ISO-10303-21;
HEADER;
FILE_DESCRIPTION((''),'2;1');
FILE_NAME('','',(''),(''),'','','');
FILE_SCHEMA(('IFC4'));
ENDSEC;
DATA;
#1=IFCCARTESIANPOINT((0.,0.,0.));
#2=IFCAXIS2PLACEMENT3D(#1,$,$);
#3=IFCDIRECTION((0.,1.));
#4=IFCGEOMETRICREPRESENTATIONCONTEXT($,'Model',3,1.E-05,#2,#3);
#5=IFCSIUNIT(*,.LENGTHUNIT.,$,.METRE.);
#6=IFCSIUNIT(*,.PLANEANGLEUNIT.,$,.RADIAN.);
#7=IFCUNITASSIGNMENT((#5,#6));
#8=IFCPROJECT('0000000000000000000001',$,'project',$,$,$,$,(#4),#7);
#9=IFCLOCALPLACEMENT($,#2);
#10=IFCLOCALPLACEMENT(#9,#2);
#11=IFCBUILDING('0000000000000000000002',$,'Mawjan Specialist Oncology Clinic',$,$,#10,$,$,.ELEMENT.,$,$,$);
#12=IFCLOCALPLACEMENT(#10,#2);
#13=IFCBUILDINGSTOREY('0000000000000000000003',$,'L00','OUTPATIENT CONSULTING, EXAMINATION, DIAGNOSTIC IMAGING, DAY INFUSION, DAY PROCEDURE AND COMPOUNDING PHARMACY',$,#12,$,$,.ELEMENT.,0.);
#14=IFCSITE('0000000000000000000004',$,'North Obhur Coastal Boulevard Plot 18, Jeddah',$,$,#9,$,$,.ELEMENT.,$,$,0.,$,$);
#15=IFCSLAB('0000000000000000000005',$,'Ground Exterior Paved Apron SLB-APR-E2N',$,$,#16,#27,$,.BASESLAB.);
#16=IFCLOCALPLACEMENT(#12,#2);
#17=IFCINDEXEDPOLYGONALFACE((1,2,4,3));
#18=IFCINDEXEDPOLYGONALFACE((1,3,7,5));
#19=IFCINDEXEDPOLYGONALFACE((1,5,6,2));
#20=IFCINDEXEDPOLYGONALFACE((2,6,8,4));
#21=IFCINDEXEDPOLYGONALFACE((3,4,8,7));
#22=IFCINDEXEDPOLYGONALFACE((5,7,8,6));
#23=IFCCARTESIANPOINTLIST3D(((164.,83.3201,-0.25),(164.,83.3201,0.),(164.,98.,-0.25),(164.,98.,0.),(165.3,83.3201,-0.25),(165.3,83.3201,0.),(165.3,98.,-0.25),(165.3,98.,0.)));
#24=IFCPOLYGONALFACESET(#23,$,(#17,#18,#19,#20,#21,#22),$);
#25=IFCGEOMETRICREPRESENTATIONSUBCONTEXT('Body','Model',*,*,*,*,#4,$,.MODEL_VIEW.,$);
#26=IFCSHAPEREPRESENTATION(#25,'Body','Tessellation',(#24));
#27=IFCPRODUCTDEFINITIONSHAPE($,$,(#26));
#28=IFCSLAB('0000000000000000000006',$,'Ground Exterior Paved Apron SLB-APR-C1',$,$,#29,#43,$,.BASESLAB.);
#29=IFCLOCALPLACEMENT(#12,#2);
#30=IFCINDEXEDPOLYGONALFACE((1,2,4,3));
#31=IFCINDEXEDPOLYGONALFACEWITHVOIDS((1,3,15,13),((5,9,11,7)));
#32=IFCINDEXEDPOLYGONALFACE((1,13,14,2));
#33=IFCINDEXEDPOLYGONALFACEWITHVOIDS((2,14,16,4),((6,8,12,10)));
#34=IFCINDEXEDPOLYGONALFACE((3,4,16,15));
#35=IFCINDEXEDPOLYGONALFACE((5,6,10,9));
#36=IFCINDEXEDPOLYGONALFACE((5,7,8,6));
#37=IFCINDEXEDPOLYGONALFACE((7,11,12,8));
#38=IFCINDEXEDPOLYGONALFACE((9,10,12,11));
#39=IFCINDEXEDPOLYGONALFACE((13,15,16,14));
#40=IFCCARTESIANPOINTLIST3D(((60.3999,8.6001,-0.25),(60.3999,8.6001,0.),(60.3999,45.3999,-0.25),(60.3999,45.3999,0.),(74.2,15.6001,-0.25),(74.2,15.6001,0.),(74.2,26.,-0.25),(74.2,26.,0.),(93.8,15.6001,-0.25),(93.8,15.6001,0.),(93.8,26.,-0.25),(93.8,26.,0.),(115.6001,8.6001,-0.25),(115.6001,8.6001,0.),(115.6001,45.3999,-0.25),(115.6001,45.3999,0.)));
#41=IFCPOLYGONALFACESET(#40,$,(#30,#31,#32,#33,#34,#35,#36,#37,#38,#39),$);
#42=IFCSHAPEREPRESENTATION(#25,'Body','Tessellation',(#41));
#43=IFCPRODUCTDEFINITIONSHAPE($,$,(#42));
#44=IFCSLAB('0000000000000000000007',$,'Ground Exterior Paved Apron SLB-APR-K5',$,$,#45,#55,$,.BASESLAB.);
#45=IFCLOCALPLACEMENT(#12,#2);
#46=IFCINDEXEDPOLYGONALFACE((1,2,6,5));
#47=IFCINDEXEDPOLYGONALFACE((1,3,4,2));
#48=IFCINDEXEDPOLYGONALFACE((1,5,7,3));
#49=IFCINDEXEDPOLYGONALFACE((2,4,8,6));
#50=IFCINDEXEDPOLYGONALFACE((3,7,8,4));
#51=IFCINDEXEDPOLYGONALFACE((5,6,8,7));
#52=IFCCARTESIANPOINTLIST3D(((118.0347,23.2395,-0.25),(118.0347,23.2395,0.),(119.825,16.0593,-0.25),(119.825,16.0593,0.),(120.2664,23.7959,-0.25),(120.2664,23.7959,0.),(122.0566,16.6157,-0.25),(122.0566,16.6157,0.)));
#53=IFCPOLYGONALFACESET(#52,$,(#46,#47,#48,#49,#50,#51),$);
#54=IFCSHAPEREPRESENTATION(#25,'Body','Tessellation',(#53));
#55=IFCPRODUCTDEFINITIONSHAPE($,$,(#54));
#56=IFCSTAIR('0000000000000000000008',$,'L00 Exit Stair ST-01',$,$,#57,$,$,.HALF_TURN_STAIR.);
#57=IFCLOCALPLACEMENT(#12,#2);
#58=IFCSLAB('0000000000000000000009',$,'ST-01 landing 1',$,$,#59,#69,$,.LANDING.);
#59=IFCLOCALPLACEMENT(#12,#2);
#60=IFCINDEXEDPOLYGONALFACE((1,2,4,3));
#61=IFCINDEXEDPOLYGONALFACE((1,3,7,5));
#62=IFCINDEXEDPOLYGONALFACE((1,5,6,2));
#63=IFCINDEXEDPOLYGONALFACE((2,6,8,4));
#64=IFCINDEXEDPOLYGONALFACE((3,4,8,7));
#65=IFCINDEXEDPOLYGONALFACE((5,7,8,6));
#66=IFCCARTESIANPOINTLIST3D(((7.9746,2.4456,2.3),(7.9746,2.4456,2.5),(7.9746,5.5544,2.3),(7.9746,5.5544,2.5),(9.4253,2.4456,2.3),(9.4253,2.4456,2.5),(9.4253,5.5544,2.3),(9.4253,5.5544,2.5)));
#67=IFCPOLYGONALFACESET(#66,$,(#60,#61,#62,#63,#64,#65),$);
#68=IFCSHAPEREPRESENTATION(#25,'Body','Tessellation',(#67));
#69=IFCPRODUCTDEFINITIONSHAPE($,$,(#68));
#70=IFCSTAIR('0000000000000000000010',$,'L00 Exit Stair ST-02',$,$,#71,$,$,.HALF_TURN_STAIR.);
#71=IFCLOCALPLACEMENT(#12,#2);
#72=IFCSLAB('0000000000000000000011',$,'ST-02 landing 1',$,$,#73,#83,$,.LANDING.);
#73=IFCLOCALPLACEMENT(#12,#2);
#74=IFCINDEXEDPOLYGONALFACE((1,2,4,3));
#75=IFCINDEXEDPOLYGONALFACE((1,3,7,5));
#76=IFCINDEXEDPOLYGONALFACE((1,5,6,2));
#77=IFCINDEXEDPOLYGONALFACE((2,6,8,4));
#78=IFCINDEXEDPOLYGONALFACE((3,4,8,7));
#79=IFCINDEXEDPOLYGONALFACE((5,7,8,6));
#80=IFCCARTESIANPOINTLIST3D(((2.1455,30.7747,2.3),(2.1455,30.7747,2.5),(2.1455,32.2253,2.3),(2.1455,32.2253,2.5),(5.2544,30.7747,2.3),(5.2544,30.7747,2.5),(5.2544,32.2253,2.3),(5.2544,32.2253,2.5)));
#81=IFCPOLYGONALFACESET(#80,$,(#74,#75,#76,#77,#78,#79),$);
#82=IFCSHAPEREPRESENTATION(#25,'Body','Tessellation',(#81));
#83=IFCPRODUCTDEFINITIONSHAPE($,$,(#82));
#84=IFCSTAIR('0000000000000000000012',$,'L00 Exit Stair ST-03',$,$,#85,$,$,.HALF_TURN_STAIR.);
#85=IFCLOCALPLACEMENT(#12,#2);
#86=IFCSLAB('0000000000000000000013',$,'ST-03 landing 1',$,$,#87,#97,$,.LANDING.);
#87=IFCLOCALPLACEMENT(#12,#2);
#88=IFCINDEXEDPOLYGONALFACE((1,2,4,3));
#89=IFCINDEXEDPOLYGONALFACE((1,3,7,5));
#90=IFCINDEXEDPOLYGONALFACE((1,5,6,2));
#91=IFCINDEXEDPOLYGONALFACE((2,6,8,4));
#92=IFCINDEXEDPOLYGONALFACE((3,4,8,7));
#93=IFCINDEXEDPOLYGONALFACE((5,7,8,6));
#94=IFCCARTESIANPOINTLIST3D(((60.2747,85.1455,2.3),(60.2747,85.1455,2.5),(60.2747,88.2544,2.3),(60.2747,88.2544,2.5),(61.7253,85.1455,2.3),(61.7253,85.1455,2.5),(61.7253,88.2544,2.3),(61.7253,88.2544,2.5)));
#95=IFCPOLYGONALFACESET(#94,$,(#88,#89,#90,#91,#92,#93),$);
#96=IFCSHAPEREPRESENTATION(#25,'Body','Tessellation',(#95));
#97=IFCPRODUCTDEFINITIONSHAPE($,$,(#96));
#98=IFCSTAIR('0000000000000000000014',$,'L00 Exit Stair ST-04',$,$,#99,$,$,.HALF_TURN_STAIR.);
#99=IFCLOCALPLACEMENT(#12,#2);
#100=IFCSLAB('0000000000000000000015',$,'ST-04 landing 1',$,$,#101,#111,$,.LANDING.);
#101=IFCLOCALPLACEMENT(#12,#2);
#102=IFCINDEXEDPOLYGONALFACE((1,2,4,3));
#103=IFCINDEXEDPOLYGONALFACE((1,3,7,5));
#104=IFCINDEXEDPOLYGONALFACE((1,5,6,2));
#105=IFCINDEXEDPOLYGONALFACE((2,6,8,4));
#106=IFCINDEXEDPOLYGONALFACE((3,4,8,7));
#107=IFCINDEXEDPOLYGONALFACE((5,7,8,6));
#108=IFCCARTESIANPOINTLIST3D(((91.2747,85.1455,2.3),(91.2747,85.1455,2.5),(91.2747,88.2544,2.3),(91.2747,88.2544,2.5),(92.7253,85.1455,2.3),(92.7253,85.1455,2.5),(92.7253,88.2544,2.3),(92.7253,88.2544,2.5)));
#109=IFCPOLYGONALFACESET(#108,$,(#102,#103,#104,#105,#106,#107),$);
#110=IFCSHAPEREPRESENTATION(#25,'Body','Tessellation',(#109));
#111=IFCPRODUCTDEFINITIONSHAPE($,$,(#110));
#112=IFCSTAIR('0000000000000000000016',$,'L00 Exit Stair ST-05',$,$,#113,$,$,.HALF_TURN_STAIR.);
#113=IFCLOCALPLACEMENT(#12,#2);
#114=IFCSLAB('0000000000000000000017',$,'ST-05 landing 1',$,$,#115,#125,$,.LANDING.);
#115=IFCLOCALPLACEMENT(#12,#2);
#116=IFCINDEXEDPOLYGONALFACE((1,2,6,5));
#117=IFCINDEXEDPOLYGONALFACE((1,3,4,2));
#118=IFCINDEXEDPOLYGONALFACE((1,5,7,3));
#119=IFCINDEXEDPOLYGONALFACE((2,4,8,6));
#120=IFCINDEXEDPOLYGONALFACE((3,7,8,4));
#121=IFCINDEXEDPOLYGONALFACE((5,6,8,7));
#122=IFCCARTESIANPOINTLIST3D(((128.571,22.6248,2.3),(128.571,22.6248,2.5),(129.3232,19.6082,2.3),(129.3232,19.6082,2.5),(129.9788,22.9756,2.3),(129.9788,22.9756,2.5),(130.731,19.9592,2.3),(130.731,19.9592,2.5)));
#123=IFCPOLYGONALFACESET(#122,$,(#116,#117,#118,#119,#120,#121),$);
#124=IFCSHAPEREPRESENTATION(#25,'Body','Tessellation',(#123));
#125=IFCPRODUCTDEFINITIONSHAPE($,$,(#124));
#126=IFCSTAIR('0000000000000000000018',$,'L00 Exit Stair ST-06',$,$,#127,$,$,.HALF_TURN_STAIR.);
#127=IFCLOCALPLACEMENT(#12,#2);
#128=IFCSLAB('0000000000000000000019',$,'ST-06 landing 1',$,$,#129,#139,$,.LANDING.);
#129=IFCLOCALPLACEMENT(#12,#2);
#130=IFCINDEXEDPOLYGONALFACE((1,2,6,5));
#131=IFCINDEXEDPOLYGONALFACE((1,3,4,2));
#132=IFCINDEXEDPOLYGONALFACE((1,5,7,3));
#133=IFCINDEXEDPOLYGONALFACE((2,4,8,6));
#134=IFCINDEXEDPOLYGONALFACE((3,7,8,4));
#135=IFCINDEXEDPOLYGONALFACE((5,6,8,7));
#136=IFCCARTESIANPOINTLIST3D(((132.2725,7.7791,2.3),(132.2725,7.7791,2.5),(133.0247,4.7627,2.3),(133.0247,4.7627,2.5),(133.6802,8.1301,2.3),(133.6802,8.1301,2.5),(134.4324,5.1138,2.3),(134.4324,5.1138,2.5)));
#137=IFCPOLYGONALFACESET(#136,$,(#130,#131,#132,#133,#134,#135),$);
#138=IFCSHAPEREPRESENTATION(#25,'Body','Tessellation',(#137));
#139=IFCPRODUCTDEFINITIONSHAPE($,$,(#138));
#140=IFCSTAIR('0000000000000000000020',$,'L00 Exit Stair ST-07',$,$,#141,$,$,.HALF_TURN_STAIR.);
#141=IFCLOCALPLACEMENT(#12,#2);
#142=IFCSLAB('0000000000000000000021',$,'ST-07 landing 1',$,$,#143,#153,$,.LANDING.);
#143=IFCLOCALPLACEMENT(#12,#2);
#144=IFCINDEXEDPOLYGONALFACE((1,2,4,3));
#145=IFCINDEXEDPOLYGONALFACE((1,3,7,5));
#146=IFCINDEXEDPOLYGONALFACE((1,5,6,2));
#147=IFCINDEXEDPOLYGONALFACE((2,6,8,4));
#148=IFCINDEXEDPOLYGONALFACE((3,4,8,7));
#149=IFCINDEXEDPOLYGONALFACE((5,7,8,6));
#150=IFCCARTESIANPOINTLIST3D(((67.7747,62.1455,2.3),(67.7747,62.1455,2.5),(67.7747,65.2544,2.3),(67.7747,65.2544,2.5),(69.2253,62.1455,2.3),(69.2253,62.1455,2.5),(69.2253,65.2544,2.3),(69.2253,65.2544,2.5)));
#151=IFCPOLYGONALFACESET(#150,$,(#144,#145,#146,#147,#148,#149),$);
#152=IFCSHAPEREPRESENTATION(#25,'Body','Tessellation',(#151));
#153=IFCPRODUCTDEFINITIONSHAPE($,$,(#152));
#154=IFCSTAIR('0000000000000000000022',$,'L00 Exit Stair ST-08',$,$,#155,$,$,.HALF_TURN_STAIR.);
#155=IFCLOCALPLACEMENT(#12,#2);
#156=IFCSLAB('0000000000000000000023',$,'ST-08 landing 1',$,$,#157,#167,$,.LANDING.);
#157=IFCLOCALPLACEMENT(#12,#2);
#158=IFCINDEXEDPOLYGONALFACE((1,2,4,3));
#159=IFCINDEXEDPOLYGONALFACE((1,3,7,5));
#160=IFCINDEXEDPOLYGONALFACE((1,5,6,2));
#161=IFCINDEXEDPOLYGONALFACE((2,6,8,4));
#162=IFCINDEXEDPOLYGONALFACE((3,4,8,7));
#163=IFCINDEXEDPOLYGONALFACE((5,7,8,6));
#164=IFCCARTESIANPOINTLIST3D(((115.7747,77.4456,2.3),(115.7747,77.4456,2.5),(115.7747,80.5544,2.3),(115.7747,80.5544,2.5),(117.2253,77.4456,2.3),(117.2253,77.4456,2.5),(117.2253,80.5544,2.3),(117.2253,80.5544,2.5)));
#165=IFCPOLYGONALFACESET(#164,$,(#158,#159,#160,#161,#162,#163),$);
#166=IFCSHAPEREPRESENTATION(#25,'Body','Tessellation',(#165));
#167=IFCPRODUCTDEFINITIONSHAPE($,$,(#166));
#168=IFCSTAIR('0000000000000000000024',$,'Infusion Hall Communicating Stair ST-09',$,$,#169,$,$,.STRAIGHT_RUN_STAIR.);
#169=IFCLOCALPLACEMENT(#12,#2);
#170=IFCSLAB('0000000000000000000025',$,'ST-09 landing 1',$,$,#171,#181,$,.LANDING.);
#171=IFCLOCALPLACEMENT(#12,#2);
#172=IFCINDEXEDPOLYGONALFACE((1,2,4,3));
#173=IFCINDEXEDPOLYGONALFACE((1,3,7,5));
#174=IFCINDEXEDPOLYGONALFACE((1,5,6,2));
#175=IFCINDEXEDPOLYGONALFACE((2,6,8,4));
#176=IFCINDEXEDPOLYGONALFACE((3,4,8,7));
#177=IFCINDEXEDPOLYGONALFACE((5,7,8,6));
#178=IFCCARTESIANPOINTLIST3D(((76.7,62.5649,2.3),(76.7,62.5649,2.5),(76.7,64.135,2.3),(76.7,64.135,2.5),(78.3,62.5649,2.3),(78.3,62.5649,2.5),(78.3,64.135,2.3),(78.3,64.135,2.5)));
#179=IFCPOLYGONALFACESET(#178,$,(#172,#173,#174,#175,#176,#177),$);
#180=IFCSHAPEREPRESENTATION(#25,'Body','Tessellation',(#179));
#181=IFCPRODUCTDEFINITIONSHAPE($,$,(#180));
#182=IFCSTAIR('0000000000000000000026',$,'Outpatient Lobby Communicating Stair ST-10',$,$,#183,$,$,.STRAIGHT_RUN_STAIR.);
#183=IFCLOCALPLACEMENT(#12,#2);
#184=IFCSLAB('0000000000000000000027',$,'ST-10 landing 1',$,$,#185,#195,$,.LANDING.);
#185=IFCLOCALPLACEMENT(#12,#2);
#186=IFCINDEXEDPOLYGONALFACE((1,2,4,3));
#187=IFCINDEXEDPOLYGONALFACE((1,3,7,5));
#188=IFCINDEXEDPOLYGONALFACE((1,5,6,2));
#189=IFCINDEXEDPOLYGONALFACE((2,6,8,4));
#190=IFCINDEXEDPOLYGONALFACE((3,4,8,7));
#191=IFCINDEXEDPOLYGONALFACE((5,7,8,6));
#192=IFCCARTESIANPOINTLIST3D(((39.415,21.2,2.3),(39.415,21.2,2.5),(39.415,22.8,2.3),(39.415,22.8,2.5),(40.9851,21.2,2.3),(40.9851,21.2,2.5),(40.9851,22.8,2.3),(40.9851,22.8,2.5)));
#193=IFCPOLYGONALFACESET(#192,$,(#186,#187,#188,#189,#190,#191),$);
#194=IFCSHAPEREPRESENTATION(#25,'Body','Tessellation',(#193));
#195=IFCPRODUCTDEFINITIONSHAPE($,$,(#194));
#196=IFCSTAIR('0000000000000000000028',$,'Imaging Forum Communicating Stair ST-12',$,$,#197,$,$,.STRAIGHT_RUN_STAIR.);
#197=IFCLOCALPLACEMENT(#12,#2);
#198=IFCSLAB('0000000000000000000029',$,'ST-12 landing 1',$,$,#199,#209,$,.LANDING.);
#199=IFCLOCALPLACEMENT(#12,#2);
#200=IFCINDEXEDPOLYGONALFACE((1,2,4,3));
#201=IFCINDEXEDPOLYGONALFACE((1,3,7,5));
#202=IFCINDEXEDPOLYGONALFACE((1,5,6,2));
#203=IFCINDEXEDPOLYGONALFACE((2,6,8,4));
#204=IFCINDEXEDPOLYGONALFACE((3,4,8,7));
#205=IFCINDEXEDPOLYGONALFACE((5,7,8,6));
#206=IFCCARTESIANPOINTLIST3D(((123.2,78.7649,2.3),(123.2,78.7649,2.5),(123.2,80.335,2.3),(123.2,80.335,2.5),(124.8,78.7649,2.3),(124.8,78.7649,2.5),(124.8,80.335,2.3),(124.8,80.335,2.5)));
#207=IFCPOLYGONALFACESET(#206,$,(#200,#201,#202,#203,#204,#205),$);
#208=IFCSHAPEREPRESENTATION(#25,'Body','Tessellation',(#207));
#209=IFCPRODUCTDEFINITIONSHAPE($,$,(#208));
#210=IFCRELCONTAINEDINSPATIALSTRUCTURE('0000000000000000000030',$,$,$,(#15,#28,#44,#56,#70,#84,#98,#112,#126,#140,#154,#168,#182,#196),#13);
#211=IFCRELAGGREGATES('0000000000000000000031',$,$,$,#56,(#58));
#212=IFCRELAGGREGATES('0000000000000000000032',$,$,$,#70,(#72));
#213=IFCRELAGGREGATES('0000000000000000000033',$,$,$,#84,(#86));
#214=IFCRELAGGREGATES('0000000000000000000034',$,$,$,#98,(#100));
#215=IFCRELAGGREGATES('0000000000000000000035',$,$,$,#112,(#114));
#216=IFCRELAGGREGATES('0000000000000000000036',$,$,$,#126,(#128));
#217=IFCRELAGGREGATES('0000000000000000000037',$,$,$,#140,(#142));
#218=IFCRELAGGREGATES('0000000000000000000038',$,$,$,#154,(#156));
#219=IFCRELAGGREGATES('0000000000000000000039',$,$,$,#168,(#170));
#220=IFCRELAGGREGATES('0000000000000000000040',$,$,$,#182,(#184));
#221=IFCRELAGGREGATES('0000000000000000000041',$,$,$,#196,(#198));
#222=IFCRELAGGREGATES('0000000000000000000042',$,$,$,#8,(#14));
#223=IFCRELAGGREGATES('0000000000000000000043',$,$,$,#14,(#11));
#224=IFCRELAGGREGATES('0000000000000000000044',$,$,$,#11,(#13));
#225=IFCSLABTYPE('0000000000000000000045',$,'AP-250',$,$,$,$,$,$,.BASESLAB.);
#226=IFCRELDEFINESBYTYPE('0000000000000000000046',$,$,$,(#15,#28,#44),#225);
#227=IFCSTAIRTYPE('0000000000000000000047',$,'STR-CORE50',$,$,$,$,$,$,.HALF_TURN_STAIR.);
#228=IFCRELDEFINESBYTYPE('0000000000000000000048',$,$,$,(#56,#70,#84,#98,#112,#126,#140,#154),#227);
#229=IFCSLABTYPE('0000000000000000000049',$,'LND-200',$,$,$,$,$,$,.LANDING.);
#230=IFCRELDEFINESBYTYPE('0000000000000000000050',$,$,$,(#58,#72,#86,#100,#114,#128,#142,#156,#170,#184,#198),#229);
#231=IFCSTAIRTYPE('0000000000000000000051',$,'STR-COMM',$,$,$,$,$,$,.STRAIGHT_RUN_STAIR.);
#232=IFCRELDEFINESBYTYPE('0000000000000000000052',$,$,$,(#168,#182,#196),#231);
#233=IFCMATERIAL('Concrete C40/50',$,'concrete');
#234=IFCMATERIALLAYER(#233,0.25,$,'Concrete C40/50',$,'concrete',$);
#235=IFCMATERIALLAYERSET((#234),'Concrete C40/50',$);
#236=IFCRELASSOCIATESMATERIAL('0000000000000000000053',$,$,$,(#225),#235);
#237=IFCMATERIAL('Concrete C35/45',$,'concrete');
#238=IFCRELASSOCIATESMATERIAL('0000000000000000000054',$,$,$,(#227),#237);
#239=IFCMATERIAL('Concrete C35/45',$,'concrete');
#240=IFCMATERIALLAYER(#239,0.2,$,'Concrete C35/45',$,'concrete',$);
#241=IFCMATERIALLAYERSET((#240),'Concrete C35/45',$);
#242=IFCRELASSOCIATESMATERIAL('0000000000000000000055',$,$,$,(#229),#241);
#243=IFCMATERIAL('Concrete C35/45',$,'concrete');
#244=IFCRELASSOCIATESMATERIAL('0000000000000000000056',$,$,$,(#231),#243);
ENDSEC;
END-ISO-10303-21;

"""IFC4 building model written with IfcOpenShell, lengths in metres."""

from ifc_helpers import new_model, si_unit, direction, frame, origin, place, context, subcontext, project, spatial, polyline, outline, extrude, material, layer, layer_set, type_object, element, aggregate, save


model = new_model("IFC4")

# Units and contexts
model_context = context("Model", 3, precision=1e-05, world=origin(), true_north=direction((0.0, 1.0)))
body_context = subcontext(model_context, "Body", "Model", "MODEL_VIEW")
ifc_project = project(units=[si_unit("LENGTHUNIT", "METRE"), si_unit("PLANEANGLEUNIT", "RADIAN")], contexts=[model_context])

# Site, building, storey
site_placement = place(None, origin())
site = spatial("IfcSite", under=ifc_project, at=site_placement, Name="North Obhur Coastal Boulevard Plot 18, Jeddah", CompositionType="ELEMENT", RefElevation=0.0)
building_placement = place(site_placement, origin())
building = spatial("IfcBuilding", under=site, at=building_placement, Name="Mawjan Specialist Oncology Clinic", CompositionType="ELEMENT")
storey_placement = place(building_placement, origin())
storey = spatial("IfcBuildingStorey", under=building, at=storey_placement, Name="L00", Description="OUTPATIENT CONSULTING, EXAMINATION, DIAGNOSTIC IMAGING, DAY INFUSION, DAY PROCEDURE AND COMPOUNDING PHARMACY", CompositionType="ELEMENT", Elevation=0.0)

# Slabs
ifc_material_1 = material(Name="Concrete C40/50", Category="concrete")
ifc_layer_1 = layer(ifc_material_1, 0.25, Name="Concrete C40/50", Category="concrete")
ifc_layer_set_1 = layer_set([ifc_layer_1], Name="Concrete C40/50")
slab_type_1 = type_object("IfcSlabType", Name="AP-250", PredefinedType="BASESLAB", material=ifc_layer_set_1)
slab_1_placement = place(storey_placement, frame((0.0, 0.0, -0.25)))
element("IfcSlab", 1, at=slab_1_placement, inside=storey, type_object=slab_type_1, Name="Ground Exterior Paved Apron SLB-APR-E2N", PredefinedType="BASESLAB", context=body_context, shape_type="SweptSolid", body=[
    extrude(outline(polyline([(164.0, 83.3201), (165.3, 83.3201), (165.3, 98.0), (164.0, 98.0), (164.0, 83.3201)])), origin(), (0.0, 0.0, 1.0), 0.25),
])
slab_2_placement = place(storey_placement, frame((0.0, 0.0, -0.25)))
element("IfcSlab", 2, at=slab_2_placement, inside=storey, type_object=slab_type_1, Name="Ground Exterior Paved Apron SLB-APR-C1", PredefinedType="BASESLAB", context=body_context, shape_type="SweptSolid", body=[
    extrude(outline(polyline([(60.3999, 8.6001), (115.6001, 8.6001), (115.6001, 45.3999), (60.3999, 45.3999), (60.3999, 8.6001)]), holes=[polyline([(74.2, 15.6001), (93.8, 15.6001), (93.8, 26.0), (74.2, 26.0), (74.2, 15.6001)])]), origin(), (0.0, 0.0, 1.0), 0.25),
])
slab_3_placement = place(storey_placement, frame((0.0, 0.0, -0.25)))
element("IfcSlab", 3, at=slab_3_placement, inside=storey, type_object=slab_type_1, Name="Ground Exterior Paved Apron SLB-APR-K5", PredefinedType="BASESLAB", context=body_context, shape_type="SweptSolid", body=[
    extrude(outline(polyline([(119.825, 16.0593), (122.0566, 16.6157), (120.2664, 23.7959), (118.0347, 23.2395), (119.825, 16.0593)])), origin(), (0.0, 0.0, 1.0), 0.25),
])

# Stairs, slabs
ifc_material_2 = material(Name="Concrete C35/45", Category="concrete")
stair_type_1 = type_object("IfcStairType", Name="STR-CORE50", PredefinedType="HALF_TURN_STAIR", material=ifc_material_2)
stair_1_placement = place(storey_placement, origin())
stair_1 = element("IfcStair", 4, at=stair_1_placement, inside=storey, type_object=stair_type_1, Name="L00 Exit Stair ST-01", PredefinedType="HALF_TURN_STAIR")
ifc_material_3 = material(Name="Concrete C35/45", Category="concrete")
ifc_layer_2 = layer(ifc_material_3, 0.2, Name="Concrete C35/45", Category="concrete")
ifc_layer_set_2 = layer_set([ifc_layer_2], Name="Concrete C35/45")
slab_type_2 = type_object("IfcSlabType", Name="LND-200", PredefinedType="LANDING", material=ifc_layer_set_2)
slab_4_placement = place(storey_placement, frame((0.0, 0.0, 2.3)))
slab_4 = element("IfcSlab", 5, at=slab_4_placement, type_object=slab_type_2, Name="ST-01 landing 1", PredefinedType="LANDING", context=body_context, shape_type="SweptSolid", body=[
    extrude(outline(polyline([(7.9746, 2.4456), (9.4253, 2.4456), (9.4253, 5.5544), (7.9746, 5.5544), (7.9746, 2.4456)])), origin(), (0.0, 0.0, 1.0), 0.2),
])
aggregate(stair_1, [slab_4])
stair_2_placement = place(storey_placement, origin())
stair_2 = element("IfcStair", 6, at=stair_2_placement, inside=storey, type_object=stair_type_1, Name="L00 Exit Stair ST-02", PredefinedType="HALF_TURN_STAIR")
slab_5_placement = place(storey_placement, frame((0.0, 0.0, 2.3)))
slab_5 = element("IfcSlab", 7, at=slab_5_placement, type_object=slab_type_2, Name="ST-02 landing 1", PredefinedType="LANDING", context=body_context, shape_type="SweptSolid", body=[
    extrude(outline(polyline([(5.2544, 30.7747), (5.2544, 32.2253), (2.1455, 32.2253), (2.1455, 30.7747), (5.2544, 30.7747)])), origin(), (0.0, 0.0, 1.0), 0.2),
])
aggregate(stair_2, [slab_5])
stair_3_placement = place(storey_placement, origin())
stair_3 = element("IfcStair", 8, at=stair_3_placement, inside=storey, type_object=stair_type_1, Name="L00 Exit Stair ST-03", PredefinedType="HALF_TURN_STAIR")
slab_6_placement = place(storey_placement, frame((0.0, 0.0, 2.3)))
slab_6 = element("IfcSlab", 9, at=slab_6_placement, type_object=slab_type_2, Name="ST-03 landing 1", PredefinedType="LANDING", context=body_context, shape_type="SweptSolid", body=[
    extrude(outline(polyline([(60.2747, 85.1455), (61.7253, 85.1455), (61.7253, 88.2544), (60.2747, 88.2544), (60.2747, 85.1455)])), origin(), (0.0, 0.0, 1.0), 0.2),
])
aggregate(stair_3, [slab_6])
stair_4_placement = place(storey_placement, origin())
stair_4 = element("IfcStair", 10, at=stair_4_placement, inside=storey, type_object=stair_type_1, Name="L00 Exit Stair ST-04", PredefinedType="HALF_TURN_STAIR")
slab_7_placement = place(storey_placement, frame((0.0, 0.0, 2.3)))
slab_7 = element("IfcSlab", 11, at=slab_7_placement, type_object=slab_type_2, Name="ST-04 landing 1", PredefinedType="LANDING", context=body_context, shape_type="SweptSolid", body=[
    extrude(outline(polyline([(91.2747, 85.1455), (92.7253, 85.1455), (92.7253, 88.2544), (91.2747, 88.2544), (91.2747, 85.1455)])), origin(), (0.0, 0.0, 1.0), 0.2),
])
aggregate(stair_4, [slab_7])
stair_5_placement = place(storey_placement, origin())
stair_5 = element("IfcStair", 12, at=stair_5_placement, inside=storey, type_object=stair_type_1, Name="L00 Exit Stair ST-05", PredefinedType="HALF_TURN_STAIR")
slab_8_placement = place(storey_placement, frame((0.0, 0.0, 2.3)))
slab_8 = element("IfcSlab", 13, at=slab_8_placement, type_object=slab_type_2, Name="ST-05 landing 1", PredefinedType="LANDING", context=body_context, shape_type="SweptSolid", body=[
    extrude(outline(polyline([(129.3232, 19.6082), (130.731, 19.9592), (129.9788, 22.9756), (128.571, 22.6248), (129.3232, 19.6082)])), origin(), (0.0, 0.0, 1.0), 0.2),
])
aggregate(stair_5, [slab_8])
stair_6_placement = place(storey_placement, origin())
stair_6 = element("IfcStair", 14, at=stair_6_placement, inside=storey, type_object=stair_type_1, Name="L00 Exit Stair ST-06", PredefinedType="HALF_TURN_STAIR")
slab_9_placement = place(storey_placement, frame((0.0, 0.0, 2.3)))
slab_9 = element("IfcSlab", 15, at=slab_9_placement, type_object=slab_type_2, Name="ST-06 landing 1", PredefinedType="LANDING", context=body_context, shape_type="SweptSolid", body=[
    extrude(outline(polyline([(133.0247, 4.7627), (134.4324, 5.1138), (133.6802, 8.1301), (132.2725, 7.7791), (133.0247, 4.7627)])), origin(), (0.0, 0.0, 1.0), 0.2),
])
aggregate(stair_6, [slab_9])
stair_7_placement = place(storey_placement, origin())
stair_7 = element("IfcStair", 16, at=stair_7_placement, inside=storey, type_object=stair_type_1, Name="L00 Exit Stair ST-07", PredefinedType="HALF_TURN_STAIR")
slab_10_placement = place(storey_placement, frame((0.0, 0.0, 2.3)))
slab_10 = element("IfcSlab", 17, at=slab_10_placement, type_object=slab_type_2, Name="ST-07 landing 1", PredefinedType="LANDING", context=body_context, shape_type="SweptSolid", body=[
    extrude(outline(polyline([(67.7747, 62.1455), (69.2253, 62.1455), (69.2253, 65.2544), (67.7747, 65.2544), (67.7747, 62.1455)])), origin(), (0.0, 0.0, 1.0), 0.2),
])
aggregate(stair_7, [slab_10])
stair_8_placement = place(storey_placement, origin())
stair_8 = element("IfcStair", 18, at=stair_8_placement, inside=storey, type_object=stair_type_1, Name="L00 Exit Stair ST-08", PredefinedType="HALF_TURN_STAIR")
slab_11_placement = place(storey_placement, frame((0.0, 0.0, 2.3)))
slab_11 = element("IfcSlab", 19, at=slab_11_placement, type_object=slab_type_2, Name="ST-08 landing 1", PredefinedType="LANDING", context=body_context, shape_type="SweptSolid", body=[
    extrude(outline(polyline([(115.7747, 77.4456), (117.2253, 77.4456), (117.2253, 80.5544), (115.7747, 80.5544), (115.7747, 77.4456)])), origin(), (0.0, 0.0, 1.0), 0.2),
])
aggregate(stair_8, [slab_11])
ifc_material_4 = material(Name="Concrete C35/45", Category="concrete")
stair_type_2 = type_object("IfcStairType", Name="STR-COMM", PredefinedType="STRAIGHT_RUN_STAIR", material=ifc_material_4)
stair_9_placement = place(storey_placement, origin())
stair_9 = element("IfcStair", 20, at=stair_9_placement, inside=storey, type_object=stair_type_2, Name="Infusion Hall Communicating Stair ST-09", PredefinedType="STRAIGHT_RUN_STAIR")
slab_12_placement = place(storey_placement, frame((0.0, 0.0, 2.3)))
slab_12 = element("IfcSlab", 21, at=slab_12_placement, type_object=slab_type_2, Name="ST-09 landing 1", PredefinedType="LANDING", context=body_context, shape_type="SweptSolid", body=[
    extrude(outline(polyline([(76.7, 62.5649), (78.3, 62.5649), (78.3, 64.135), (76.7, 64.135), (76.7, 62.5649)])), origin(), (0.0, 0.0, 1.0), 0.2),
])
aggregate(stair_9, [slab_12])
stair_10_placement = place(storey_placement, origin())
stair_10 = element("IfcStair", 22, at=stair_10_placement, inside=storey, type_object=stair_type_2, Name="Outpatient Lobby Communicating Stair ST-10", PredefinedType="STRAIGHT_RUN_STAIR")
slab_13_placement = place(storey_placement, frame((0.0, 0.0, 2.3)))
slab_13 = element("IfcSlab", 23, at=slab_13_placement, type_object=slab_type_2, Name="ST-10 landing 1", PredefinedType="LANDING", context=body_context, shape_type="SweptSolid", body=[
    extrude(outline(polyline([(39.415, 21.2), (40.9851, 21.2), (40.9851, 22.8), (39.415, 22.8), (39.415, 21.2)])), origin(), (0.0, 0.0, 1.0), 0.2),
])
aggregate(stair_10, [slab_13])
stair_11_placement = place(storey_placement, origin())
stair_11 = element("IfcStair", 24, at=stair_11_placement, inside=storey, type_object=stair_type_2, Name="Imaging Forum Communicating Stair ST-12", PredefinedType="STRAIGHT_RUN_STAIR")
slab_14_placement = place(storey_placement, frame((0.0, 0.0, 2.3)))
slab_14 = element("IfcSlab", 25, at=slab_14_placement, type_object=slab_type_2, Name="ST-12 landing 1", PredefinedType="LANDING", context=body_context, shape_type="SweptSolid", body=[
    extrude(outline(polyline([(123.2, 78.7649), (124.8, 78.7649), (124.8, 80.335), (123.2, 80.335), (123.2, 78.7649)])), origin(), (0.0, 0.0, 1.0), 0.2),
])
aggregate(stair_11, [slab_14])

save(model, "model.ifc")
